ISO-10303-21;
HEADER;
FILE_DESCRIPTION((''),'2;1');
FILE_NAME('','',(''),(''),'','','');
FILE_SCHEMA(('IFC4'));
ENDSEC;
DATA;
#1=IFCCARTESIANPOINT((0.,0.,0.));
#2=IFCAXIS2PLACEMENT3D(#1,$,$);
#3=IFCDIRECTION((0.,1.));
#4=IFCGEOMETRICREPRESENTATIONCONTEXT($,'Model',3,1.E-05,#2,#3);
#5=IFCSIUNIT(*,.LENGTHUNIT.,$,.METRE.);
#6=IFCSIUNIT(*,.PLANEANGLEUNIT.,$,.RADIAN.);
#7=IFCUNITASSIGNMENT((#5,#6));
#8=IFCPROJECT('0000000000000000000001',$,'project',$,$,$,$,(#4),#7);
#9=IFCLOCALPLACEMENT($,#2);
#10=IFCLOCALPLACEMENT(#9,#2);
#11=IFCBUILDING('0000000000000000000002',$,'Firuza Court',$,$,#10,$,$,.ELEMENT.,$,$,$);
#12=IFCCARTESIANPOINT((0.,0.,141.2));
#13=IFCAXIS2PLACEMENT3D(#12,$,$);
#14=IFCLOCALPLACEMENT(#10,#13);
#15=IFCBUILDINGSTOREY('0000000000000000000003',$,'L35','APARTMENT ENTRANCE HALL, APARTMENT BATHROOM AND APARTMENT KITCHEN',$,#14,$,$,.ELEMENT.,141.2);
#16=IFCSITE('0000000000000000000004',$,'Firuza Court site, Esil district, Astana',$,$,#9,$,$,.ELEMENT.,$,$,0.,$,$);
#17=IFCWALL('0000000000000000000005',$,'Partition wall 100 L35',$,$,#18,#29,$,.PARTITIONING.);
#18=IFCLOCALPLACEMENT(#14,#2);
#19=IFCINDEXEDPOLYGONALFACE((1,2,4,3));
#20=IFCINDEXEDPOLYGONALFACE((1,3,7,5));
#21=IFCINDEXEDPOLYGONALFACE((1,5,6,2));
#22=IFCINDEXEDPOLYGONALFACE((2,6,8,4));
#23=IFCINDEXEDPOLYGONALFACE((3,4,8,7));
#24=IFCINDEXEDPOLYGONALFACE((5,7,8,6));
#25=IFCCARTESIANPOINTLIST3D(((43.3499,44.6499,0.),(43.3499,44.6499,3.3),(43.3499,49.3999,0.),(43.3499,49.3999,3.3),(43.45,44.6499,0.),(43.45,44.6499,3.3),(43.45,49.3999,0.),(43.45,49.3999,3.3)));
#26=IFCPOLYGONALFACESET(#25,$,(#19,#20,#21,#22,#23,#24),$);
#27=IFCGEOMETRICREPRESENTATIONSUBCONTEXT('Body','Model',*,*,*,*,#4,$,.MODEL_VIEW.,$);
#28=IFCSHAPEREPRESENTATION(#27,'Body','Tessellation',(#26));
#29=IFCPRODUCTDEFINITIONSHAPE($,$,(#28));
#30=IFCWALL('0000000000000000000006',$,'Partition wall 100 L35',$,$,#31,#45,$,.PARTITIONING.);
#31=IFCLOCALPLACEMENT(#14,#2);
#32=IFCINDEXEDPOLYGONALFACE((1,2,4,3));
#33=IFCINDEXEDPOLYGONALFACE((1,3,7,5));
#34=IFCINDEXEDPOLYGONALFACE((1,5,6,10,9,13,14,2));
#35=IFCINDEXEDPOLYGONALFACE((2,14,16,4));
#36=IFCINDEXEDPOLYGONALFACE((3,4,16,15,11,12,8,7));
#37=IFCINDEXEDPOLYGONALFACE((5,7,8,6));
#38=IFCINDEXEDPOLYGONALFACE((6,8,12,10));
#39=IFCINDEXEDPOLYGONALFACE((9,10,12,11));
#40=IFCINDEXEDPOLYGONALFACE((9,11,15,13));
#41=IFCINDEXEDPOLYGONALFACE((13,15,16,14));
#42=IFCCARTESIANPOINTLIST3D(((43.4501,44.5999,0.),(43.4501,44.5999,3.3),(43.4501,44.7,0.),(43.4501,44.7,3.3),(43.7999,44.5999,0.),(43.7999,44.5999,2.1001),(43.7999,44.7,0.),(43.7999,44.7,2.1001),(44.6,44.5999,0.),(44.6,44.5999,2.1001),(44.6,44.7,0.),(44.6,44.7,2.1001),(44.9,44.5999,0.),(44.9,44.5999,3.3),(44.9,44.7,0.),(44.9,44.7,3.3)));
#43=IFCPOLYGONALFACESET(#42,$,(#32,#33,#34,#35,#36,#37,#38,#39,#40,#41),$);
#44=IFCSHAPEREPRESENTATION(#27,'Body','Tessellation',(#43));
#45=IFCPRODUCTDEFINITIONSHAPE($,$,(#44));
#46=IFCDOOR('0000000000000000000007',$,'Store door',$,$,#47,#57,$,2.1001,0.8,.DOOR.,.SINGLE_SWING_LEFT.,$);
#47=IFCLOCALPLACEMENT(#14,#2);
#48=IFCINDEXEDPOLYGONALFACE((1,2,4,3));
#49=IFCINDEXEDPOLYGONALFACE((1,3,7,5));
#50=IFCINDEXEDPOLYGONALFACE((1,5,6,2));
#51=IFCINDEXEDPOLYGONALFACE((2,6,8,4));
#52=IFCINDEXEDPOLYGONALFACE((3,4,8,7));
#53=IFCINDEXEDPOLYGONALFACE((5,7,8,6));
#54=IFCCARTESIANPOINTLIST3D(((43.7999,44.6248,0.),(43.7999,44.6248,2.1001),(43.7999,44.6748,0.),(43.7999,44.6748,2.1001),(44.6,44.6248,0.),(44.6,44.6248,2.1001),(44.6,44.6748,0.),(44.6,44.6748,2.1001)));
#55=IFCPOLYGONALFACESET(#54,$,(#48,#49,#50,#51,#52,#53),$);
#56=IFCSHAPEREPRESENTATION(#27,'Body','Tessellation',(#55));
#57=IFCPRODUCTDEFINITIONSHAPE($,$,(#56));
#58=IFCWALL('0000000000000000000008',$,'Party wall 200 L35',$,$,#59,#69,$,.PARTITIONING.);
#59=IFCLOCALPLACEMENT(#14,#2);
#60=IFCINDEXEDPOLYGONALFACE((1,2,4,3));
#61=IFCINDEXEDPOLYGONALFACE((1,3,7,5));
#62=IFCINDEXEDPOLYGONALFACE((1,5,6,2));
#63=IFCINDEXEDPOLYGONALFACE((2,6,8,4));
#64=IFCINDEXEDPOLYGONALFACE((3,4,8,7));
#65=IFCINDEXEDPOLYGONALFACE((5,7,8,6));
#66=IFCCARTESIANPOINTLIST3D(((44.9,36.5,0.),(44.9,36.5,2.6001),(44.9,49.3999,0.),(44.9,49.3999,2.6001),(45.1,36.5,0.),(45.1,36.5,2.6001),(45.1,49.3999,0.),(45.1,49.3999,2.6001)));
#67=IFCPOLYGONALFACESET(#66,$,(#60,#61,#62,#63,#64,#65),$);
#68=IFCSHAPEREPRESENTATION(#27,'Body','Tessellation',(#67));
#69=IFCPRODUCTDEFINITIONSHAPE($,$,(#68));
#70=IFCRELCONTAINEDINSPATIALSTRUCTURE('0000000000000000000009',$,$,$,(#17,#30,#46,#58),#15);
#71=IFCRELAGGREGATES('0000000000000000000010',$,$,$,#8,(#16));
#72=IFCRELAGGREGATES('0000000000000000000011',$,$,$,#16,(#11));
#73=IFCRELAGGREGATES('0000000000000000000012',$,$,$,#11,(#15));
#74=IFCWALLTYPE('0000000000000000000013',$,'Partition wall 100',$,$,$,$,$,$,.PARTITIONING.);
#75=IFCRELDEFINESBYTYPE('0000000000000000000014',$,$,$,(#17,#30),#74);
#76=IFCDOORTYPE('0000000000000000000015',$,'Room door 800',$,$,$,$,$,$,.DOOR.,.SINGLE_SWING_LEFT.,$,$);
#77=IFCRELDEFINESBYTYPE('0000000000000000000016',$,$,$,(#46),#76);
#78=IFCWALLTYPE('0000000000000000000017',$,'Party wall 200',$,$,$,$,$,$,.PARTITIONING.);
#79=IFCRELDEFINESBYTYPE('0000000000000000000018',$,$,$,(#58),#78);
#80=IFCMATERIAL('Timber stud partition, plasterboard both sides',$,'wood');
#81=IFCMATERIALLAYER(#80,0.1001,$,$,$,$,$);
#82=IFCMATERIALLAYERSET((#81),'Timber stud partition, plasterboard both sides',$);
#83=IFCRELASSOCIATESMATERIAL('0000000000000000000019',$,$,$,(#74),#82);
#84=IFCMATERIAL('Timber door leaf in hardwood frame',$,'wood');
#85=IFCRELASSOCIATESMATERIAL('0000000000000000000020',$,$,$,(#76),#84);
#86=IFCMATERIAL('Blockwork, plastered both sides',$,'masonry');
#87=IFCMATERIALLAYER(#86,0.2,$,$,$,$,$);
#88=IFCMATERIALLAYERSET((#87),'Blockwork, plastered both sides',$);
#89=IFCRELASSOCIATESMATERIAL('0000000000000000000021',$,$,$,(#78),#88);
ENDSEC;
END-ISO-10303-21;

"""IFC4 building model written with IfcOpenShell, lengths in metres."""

from ifc_helpers import new_model, si_unit, direction, frame, frame_2d, origin, place, context, subcontext, project, spatial, rectangle, extrude, material, layer, layer_set, type_object, element, fill, save


model = new_model("IFC4")

# Units and contexts
model_context = context("Model", 3, precision=1e-05, world=origin(), true_north=direction((0.0, 1.0)))
body_context = subcontext(model_context, "Body", "Model", "MODEL_VIEW")
ifc_project = project(units=[si_unit("LENGTHUNIT", "METRE"), si_unit("PLANEANGLEUNIT", "RADIAN")], contexts=[model_context])

# Site, building, storey
site_placement = place(None, origin())
site = spatial("IfcSite", under=ifc_project, at=site_placement, Name="Firuza Court site, Esil district, Astana", CompositionType="ELEMENT", RefElevation=0.0)
building_placement = place(site_placement, origin())
building = spatial("IfcBuilding", under=site, at=building_placement, Name="Firuza Court", CompositionType="ELEMENT")
storey_placement = place(building_placement, frame((0.0, 0.0, 141.2)))
storey = spatial("IfcBuildingStorey", under=building, at=storey_placement, Name="L35", Description="APARTMENT ENTRANCE HALL, APARTMENT BATHROOM AND APARTMENT KITCHEN", CompositionType="ELEMENT", Elevation=141.2)

# Shared definitions
ifc_material_1 = material(Name="Blockwork, plastered both sides", Category="masonry")

# Shared definitions
ifc_material_2 = material(Name="Timber stud partition, plasterboard both sides", Category="wood")
ifc_layer_1 = layer(ifc_material_2, 0.1001)
ifc_layer_set_1 = layer_set([ifc_layer_1], Name="Timber stud partition, plasterboard both sides")
wall_type_1 = type_object("IfcWallType", Name="Partition wall 100", PredefinedType="PARTITIONING", material=ifc_layer_set_1)

# Wall
for number, where, z_axis, x_axis, name in (
    (1, (43.3999, 44.6499, 0.0), (0.0, 0.0, 1.0), (0.0, 1.0, 0.0), "Partition wall 100 L35"),
):
    element("IfcWall", number, at=place(storey_placement, frame(where, z_axis=z_axis, x_axis=x_axis)), inside=storey, type_object=wall_type_1, Name=name, PredefinedType="PARTITIONING", context=body_context, shape_type="SweptSolid", body=[
        extrude(rectangle(XDim=4.75, YDim=0.1001, at=frame_2d((2.375, 0.0))), origin(), (0.0, 0.0, 1.0), 3.3),
    ])

# Wall, opening, door
wall_1_placement = place(storey_placement, frame((43.45, 44.6499, 0.0), z_axis=(0.0, 0.0, 1.0), x_axis=(1.0, 0.0, 0.0)))
wall_1 = element("IfcWall", 2, at=wall_1_placement, inside=storey, type_object=wall_type_1, Name="Partition wall 100 L35", PredefinedType="PARTITIONING", context=body_context, shape_type="SweptSolid", body=[
    extrude(rectangle(XDim=1.45, YDim=0.1001, at=frame_2d((0.7251, 0.0))), origin(), (0.0, 0.0, 1.0), 3.3),
])
opening_1_placement = place(wall_1_placement, frame((0.3501, 0.0, 0.0)))
opening_1 = element("IfcOpeningElement", 3, at=opening_1_placement, cuts=wall_1, PredefinedType="OPENING", context=body_context, shape_type="SweptSolid", body=[
    extrude(rectangle(XDim=0.8, YDim=2.1001, at=frame_2d((0.3999, 1.05))), frame((0.0, 0.062, 0.0), z_axis=(0.0, -1.0, 0.0), x_axis=(1.0, 0.0, 0.0)), (0.0, 0.0, 1.0), 0.124),
])
ifc_material_3 = material(Name="Timber door leaf in hardwood frame", Category="wood")
door_type_1 = type_object("IfcDoorType", Name="Room door 800", OperationType="SINGLE_SWING_LEFT", PredefinedType="DOOR", material=ifc_material_3)
door_1_placement = place(opening_1_placement, origin())
door_1 = element("IfcDoor", 4, at=door_1_placement, inside=storey, type_object=door_type_1, Name="Store door", OperationType="SINGLE_SWING_LEFT", OverallHeight=2.1001, OverallWidth=0.8, PredefinedType="DOOR", context=body_context, shape_type="SweptSolid", body=[
    extrude(rectangle(XDim=0.8, YDim=2.1001, at=frame_2d((0.3999, 1.05))), frame((0.0, 0.0249, 0.0), z_axis=(0.0, -1.0, 0.0), x_axis=(1.0, 0.0, 0.0)), (0.0, 0.0, 1.0), 0.05),
])
fill(opening_1, door_1)

# Wall
ifc_layer_2 = layer(ifc_material_1, 0.2)
ifc_layer_set_2 = layer_set([ifc_layer_2], Name="Blockwork, plastered both sides")
wall_type_2 = type_object("IfcWallType", Name="Party wall 200", PredefinedType="PARTITIONING", material=ifc_layer_set_2)
wall_2_placement = place(storey_placement, frame((45.0, 36.5, 0.0), z_axis=(0.0, 0.0, 1.0), x_axis=(0.0, 1.0, 0.0)))
element("IfcWall", 5, at=wall_2_placement, inside=storey, type_object=wall_type_2, Name="Party wall 200 L35", PredefinedType="PARTITIONING", context=body_context, shape_type="SweptSolid", body=[
    extrude(rectangle(XDim=12.8999, YDim=0.2, at=frame_2d((6.45, 0.0))), origin(), (0.0, 0.0, 1.0), 2.6001),
])

save(model, "model.ifc")
